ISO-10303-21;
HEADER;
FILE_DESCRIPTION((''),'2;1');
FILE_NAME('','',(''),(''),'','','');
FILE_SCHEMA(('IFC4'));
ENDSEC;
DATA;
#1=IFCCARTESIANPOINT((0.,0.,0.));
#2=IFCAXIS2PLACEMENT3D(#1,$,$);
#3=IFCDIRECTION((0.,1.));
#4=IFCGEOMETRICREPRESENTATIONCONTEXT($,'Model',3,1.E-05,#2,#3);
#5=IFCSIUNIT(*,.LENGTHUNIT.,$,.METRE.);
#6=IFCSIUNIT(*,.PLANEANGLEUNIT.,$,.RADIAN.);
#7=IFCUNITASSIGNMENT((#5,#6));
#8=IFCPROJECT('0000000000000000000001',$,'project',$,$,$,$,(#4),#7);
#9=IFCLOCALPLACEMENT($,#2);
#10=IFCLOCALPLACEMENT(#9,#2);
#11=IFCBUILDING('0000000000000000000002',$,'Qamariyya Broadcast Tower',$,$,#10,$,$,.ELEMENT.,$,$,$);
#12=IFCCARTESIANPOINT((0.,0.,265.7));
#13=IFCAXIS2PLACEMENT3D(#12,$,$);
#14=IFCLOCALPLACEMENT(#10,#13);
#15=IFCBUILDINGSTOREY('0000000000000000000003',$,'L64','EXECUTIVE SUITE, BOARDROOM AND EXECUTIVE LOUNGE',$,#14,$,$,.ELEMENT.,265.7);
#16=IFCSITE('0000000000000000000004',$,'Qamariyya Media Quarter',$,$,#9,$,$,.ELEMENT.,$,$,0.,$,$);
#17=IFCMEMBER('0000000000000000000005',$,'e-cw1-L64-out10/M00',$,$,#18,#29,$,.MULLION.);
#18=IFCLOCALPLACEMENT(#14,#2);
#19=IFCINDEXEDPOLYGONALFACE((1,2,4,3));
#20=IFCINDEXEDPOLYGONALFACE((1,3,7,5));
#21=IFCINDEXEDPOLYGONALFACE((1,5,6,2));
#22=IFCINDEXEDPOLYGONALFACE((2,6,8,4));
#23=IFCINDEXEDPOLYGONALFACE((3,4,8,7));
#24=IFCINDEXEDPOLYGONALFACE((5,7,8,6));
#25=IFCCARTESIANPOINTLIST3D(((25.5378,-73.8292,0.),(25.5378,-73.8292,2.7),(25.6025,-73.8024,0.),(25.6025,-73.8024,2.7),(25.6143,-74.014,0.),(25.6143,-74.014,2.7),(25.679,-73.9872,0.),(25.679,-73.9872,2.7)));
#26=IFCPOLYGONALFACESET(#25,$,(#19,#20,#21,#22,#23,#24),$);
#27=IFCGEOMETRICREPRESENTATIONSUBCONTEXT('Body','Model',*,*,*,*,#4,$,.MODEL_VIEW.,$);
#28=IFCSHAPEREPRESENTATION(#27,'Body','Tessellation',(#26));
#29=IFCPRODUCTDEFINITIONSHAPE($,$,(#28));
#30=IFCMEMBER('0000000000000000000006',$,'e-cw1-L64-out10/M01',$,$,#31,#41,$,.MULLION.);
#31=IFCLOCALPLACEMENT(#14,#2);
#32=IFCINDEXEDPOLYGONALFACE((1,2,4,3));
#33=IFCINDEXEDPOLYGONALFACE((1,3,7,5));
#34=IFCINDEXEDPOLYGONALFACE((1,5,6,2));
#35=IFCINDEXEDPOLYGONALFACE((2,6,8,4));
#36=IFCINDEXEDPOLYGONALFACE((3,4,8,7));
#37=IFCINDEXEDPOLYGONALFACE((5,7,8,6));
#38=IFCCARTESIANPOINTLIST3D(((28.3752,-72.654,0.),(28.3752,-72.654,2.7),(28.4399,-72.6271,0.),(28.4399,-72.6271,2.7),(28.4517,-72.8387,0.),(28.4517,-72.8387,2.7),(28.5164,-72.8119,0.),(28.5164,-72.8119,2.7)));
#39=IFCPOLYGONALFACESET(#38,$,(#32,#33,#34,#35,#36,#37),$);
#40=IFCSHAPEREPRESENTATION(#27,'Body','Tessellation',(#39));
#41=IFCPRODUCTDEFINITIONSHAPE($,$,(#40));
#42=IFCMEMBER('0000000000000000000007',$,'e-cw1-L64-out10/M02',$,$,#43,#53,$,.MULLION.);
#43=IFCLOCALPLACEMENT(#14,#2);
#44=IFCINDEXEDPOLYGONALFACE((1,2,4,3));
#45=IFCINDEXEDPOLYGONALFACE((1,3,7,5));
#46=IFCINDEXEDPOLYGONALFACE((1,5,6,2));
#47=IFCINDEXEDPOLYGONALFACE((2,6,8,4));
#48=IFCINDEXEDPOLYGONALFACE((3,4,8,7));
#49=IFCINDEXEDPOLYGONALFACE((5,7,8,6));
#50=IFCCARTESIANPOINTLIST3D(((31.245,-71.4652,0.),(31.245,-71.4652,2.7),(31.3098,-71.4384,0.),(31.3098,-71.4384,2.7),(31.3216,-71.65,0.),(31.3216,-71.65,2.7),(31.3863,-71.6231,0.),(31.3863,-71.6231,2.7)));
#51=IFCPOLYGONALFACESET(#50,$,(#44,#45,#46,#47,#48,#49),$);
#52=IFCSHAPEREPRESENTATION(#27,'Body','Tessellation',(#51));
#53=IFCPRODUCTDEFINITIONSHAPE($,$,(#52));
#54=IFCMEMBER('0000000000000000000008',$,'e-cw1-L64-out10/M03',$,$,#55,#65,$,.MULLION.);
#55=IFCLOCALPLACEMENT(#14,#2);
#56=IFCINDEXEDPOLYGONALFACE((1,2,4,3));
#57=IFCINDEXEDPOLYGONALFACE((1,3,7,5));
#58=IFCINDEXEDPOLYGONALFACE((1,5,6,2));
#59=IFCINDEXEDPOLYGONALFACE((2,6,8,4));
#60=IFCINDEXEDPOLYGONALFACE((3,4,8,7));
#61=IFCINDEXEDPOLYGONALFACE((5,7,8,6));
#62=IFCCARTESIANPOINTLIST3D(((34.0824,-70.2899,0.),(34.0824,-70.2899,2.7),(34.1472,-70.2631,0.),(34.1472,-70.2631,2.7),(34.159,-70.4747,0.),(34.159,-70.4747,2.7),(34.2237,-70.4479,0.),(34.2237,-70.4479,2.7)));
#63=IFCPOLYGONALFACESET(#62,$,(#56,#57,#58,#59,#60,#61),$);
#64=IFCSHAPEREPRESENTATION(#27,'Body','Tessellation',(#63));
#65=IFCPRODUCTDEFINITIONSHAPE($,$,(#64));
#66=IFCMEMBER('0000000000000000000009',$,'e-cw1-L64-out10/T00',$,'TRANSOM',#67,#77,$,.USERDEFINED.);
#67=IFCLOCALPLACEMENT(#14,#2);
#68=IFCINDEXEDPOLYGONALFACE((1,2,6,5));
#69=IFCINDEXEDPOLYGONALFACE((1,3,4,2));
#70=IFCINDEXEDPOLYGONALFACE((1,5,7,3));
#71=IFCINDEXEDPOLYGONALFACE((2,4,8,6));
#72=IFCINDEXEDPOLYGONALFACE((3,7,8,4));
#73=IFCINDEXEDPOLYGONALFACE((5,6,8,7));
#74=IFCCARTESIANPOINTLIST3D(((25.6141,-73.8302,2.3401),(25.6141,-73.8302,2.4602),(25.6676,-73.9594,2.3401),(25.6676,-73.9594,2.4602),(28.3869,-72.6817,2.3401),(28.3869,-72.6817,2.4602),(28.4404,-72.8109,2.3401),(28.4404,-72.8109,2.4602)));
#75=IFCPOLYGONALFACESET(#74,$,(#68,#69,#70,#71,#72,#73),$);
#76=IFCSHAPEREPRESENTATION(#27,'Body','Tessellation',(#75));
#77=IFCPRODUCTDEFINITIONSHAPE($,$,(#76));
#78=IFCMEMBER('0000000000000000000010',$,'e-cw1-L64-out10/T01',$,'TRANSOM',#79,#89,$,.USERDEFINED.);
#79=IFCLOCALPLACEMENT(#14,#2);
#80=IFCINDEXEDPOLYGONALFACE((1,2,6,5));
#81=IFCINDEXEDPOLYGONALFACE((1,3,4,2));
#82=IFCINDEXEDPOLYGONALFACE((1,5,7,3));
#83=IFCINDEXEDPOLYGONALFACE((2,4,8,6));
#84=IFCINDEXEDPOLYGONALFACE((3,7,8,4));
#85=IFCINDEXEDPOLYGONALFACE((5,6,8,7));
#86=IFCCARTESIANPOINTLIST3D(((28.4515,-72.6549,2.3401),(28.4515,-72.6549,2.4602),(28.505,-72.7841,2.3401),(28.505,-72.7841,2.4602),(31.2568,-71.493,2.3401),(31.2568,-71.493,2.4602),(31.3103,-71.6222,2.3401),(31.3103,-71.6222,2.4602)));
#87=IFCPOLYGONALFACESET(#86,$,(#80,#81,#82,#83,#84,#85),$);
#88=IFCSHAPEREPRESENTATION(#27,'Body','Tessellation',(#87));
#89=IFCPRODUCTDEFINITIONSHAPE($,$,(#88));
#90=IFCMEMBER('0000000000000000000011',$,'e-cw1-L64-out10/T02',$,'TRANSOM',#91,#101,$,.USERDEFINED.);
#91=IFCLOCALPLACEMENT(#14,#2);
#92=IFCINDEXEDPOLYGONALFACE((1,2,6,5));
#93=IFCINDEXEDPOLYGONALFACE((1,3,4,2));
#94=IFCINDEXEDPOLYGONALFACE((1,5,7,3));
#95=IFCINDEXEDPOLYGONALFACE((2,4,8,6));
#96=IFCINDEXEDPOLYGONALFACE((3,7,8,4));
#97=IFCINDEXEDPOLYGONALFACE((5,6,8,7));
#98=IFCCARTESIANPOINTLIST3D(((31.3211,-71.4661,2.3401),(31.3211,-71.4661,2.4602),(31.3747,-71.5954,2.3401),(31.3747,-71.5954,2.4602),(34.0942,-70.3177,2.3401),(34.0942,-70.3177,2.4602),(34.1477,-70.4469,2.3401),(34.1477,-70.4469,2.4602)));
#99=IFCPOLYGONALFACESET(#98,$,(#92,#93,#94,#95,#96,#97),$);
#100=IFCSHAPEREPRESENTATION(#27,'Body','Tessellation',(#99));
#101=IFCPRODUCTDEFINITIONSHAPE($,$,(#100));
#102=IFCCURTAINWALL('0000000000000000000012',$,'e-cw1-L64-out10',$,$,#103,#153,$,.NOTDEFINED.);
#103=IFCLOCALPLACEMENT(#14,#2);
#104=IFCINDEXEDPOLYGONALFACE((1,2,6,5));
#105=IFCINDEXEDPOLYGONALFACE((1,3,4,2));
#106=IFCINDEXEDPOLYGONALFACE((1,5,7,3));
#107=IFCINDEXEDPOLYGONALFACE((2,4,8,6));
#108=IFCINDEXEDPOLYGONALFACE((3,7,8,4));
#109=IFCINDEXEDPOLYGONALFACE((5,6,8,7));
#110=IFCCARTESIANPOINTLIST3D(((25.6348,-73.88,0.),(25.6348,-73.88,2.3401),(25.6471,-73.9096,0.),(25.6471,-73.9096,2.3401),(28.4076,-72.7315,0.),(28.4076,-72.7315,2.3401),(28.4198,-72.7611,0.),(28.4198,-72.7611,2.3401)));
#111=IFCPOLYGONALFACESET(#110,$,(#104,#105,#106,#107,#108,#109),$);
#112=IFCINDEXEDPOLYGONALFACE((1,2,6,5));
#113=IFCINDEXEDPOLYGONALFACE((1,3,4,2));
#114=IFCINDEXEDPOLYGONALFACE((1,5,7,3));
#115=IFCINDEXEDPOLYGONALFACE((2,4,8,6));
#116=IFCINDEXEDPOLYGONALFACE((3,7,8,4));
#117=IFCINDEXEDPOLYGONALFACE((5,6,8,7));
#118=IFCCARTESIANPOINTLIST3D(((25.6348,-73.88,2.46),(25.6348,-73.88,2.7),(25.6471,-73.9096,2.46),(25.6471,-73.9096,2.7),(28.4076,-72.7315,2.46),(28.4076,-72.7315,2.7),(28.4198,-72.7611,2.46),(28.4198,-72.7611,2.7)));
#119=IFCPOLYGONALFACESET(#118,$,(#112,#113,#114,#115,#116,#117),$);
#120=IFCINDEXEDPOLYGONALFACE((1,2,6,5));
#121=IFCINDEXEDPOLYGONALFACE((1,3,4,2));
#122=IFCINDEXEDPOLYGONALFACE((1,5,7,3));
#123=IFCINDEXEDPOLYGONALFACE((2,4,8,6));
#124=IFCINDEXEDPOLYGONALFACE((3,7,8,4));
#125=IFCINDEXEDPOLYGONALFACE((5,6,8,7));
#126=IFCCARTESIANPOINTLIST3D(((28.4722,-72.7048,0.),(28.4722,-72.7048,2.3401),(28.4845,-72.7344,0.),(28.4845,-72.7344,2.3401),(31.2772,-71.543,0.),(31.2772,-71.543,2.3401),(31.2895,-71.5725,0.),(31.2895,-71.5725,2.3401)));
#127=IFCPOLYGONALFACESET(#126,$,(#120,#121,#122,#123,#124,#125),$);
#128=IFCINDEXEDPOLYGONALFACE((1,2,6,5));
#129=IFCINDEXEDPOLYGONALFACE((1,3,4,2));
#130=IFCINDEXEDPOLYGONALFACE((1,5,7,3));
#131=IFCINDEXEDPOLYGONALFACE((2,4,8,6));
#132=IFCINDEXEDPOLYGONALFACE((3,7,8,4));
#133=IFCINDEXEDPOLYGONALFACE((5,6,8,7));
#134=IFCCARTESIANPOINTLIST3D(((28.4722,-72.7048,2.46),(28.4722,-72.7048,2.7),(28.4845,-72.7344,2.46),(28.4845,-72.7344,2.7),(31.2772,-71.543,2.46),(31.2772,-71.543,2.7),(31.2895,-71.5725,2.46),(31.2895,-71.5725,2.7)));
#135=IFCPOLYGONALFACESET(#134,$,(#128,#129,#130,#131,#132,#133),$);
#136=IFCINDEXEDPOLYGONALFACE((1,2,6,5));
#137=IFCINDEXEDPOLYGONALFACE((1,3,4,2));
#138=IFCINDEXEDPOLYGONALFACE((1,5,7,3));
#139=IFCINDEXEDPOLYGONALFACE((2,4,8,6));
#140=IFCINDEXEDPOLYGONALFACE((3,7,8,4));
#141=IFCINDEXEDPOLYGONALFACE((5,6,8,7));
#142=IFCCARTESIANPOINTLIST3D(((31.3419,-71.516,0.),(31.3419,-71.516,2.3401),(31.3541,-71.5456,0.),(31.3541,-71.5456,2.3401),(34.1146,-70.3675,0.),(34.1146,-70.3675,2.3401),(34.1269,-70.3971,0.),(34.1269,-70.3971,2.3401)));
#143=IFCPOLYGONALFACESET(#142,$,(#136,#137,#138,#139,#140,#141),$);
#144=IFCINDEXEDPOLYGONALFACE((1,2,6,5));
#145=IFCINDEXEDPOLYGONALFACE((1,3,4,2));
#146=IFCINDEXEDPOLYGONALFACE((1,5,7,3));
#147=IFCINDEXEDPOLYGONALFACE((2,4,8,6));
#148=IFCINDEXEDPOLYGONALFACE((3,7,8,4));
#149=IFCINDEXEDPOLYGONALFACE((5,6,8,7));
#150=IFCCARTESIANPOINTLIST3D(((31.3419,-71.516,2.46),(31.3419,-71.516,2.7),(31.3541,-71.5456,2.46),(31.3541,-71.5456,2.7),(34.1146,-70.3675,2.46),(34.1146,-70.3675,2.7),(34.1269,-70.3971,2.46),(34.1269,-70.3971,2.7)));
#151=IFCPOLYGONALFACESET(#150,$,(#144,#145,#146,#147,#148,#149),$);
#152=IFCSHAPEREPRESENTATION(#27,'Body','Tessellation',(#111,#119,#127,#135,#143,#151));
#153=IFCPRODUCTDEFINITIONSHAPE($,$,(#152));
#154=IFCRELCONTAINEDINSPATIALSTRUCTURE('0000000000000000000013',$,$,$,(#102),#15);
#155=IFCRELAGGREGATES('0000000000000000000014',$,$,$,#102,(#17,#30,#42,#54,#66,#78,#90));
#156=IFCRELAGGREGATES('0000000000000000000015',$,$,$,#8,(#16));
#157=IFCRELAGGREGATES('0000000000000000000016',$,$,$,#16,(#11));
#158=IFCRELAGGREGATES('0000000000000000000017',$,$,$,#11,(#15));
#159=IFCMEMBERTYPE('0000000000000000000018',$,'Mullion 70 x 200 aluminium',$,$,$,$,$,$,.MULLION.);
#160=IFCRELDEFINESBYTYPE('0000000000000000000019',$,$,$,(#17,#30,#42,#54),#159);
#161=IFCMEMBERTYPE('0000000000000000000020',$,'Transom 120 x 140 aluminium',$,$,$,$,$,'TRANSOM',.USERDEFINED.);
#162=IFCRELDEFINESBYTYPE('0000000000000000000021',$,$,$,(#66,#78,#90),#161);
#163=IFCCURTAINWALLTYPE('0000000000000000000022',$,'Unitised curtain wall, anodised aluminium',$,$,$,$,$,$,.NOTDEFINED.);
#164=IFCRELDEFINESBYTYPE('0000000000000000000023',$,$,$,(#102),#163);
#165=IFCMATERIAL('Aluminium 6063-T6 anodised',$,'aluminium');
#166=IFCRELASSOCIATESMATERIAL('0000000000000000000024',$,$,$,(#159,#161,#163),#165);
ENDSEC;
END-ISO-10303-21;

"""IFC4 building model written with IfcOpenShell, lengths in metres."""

from ifc_helpers import new_model, si_unit, direction, frame, origin, origin_2d, place, context, subcontext, project, spatial, rectangle, extrude, material, material_profile, profile_set, type_object, element, aggregate, save


model = new_model("IFC4")

# Units and contexts
model_context = context("Model", 3, precision=1e-05, world=origin(), true_north=direction((0.0, 1.0)))
body_context = subcontext(model_context, "Body", "Model", "MODEL_VIEW")
ifc_project = project(units=[si_unit("LENGTHUNIT", "METRE"), si_unit("PLANEANGLEUNIT", "RADIAN")], contexts=[model_context])

# Members
ifc_material = material(Name="Aluminium 6063-T6 anodised", Category="aluminium")
ifc_material_profile_1 = material_profile(ifc_material, rectangle(XDim=0.2, YDim=0.0701, at=origin_2d()))
ifc_profile_set_1 = profile_set([ifc_material_profile_1], Name="Aluminium 6063-T6 anodised")
member_type_1 = type_object("IfcMemberType", Name="Mullion 70 x 200 aluminium", PredefinedType="MULLION", material=ifc_profile_set_1)
site_placement = place(None, origin())
building_placement = place(site_placement, origin())
storey_placement = place(building_placement, frame((0.0, 0.0, 265.7)))
member_1_placement = place(storey_placement, frame((25.6084, -73.9082, 0.0), z_axis=(0.0, 0.0, 1.0), x_axis=(-0.382683, 0.92388, 0.0)))
member_1 = element("IfcMember", 1, at=member_1_placement, type_object=member_type_1, Name="e-cw1-L64-out10/M00", PredefinedType="MULLION", context=body_context, shape_type="SweptSolid", body=[
    extrude(rectangle(XDim=0.2, YDim=0.0701, at=origin_2d()), origin(), (0.0, 0.0, 1.0), 2.7),
])
member_2_placement = place(storey_placement, frame((28.4458, -72.7329, 0.0), z_axis=(0.0, 0.0, 1.0), x_axis=(-0.382683, 0.92388, 0.0)))
member_2 = element("IfcMember", 2, at=member_2_placement, type_object=member_type_1, Name="e-cw1-L64-out10/M01", PredefinedType="MULLION", context=body_context, shape_type="SweptSolid", body=[
    extrude(rectangle(XDim=0.2, YDim=0.0701, at=origin_2d()), origin(), (0.0, 0.0, 1.0), 2.7),
])
member_3_placement = place(storey_placement, frame((31.3157, -71.5442, 0.0), z_axis=(0.0, 0.0, 1.0), x_axis=(-0.382683, 0.92388, 0.0)))
member_3 = element("IfcMember", 3, at=member_3_placement, type_object=member_type_1, Name="e-cw1-L64-out10/M02", PredefinedType="MULLION", context=body_context, shape_type="SweptSolid", body=[
    extrude(rectangle(XDim=0.2, YDim=0.0701, at=origin_2d()), origin(), (0.0, 0.0, 1.0), 2.7),
])
member_4_placement = place(storey_placement, frame((34.1531, -70.3689, 0.0), z_axis=(0.0, 0.0, 1.0), x_axis=(-0.382683, 0.92388, 0.0)))
member_4 = element("IfcMember", 4, at=member_4_placement, type_object=member_type_1, Name="e-cw1-L64-out10/M03", PredefinedType="MULLION", context=body_context, shape_type="SweptSolid", body=[
    extrude(rectangle(XDim=0.2, YDim=0.0701, at=origin_2d()), origin(), (0.0, 0.0, 1.0), 2.7),
])
ifc_material_profile_2 = material_profile(ifc_material, rectangle(XDim=0.1399, YDim=0.1201, at=origin_2d()))
ifc_profile_set_2 = profile_set([ifc_material_profile_2], Name="Aluminium 6063-T6 anodised")
member_type_2 = type_object("IfcMemberType", Name="Transom 120 x 140 aluminium", ElementType="TRANSOM", PredefinedType="USERDEFINED", material=ifc_profile_set_2)
member_5_placement = place(storey_placement, frame((25.6409, -73.8948, 2.4001), z_axis=(0.923886, 0.382668, 0.0), x_axis=(-0.382668, 0.923886, 0.0)))
member_5 = element("IfcMember", 5, at=member_5_placement, type_object=member_type_2, Name="e-cw1-L64-out10/T00", ObjectType="TRANSOM", PredefinedType="USERDEFINED", context=body_context, shape_type="SweptSolid", body=[
    extrude(rectangle(XDim=0.1399, YDim=0.1201, at=origin_2d()), origin(), (0.0, 0.0, 1.0), 3.0012),
])
member_6_placement = place(storey_placement, frame((28.4783, -72.7195, 2.4001), z_axis=(0.923888, 0.382662, 0.0), x_axis=(-0.382662, 0.923888, 0.0)))
member_6 = element("IfcMember", 6, at=member_6_placement, type_object=member_type_2, Name="e-cw1-L64-out10/T01", ObjectType="TRANSOM", PredefinedType="USERDEFINED", context=body_context, shape_type="SweptSolid", body=[
    extrude(rectangle(XDim=0.1399, YDim=0.1201, at=origin_2d()), origin(), (0.0, 0.0, 1.0), 3.0364),
])
member_7_placement = place(storey_placement, frame((31.3479, -71.5308, 2.4001), z_axis=(0.923898, 0.382639, 0.0), x_axis=(-0.382639, 0.923898, 0.0)))
member_7 = element("IfcMember", 7, at=member_7_placement, type_object=member_type_2, Name="e-cw1-L64-out10/T02", ObjectType="TRANSOM", PredefinedType="USERDEFINED", context=body_context, shape_type="SweptSolid", body=[
    extrude(rectangle(XDim=0.1399, YDim=0.1201, at=origin_2d()), origin(), (0.0, 0.0, 1.0), 3.0015),
])

# Site, building, storey
site = spatial("IfcSite", under=ifc_project, at=site_placement, Name="Qamariyya Media Quarter", CompositionType="ELEMENT", RefElevation=0.0)
building = spatial("IfcBuilding", under=site, at=building_placement, Name="Qamariyya Broadcast Tower", CompositionType="ELEMENT")
storey = spatial("IfcBuildingStorey", under=building, at=storey_placement, Name="L64", Description="EXECUTIVE SUITE, BOARDROOM AND EXECUTIVE LOUNGE", CompositionType="ELEMENT", Elevation=265.7)

# Curtain wall
curtain_wall_type = type_object("IfcCurtainWallType", Name="Unitised curtain wall, anodised aluminium", PredefinedType="NOTDEFINED", material=ifc_material)
curtain_wall_1_placement = place(storey_placement, origin())
curtain_wall_1 = element("IfcCurtainWall", 8, at=curtain_wall_1_placement, inside=storey, type_object=curtain_wall_type, Name="e-cw1-L64-out10", PredefinedType="NOTDEFINED", context=body_context, shape_type="SweptSolid", body=[
    extrude(rectangle(XDim=3.0012, YDim=0.032, at=origin_2d()), frame((27.0273, -73.3206, 0.0), x_axis=(0.923878, 0.382687, 0.0)), (0.0, 0.0, 1.0), 2.3401),
    extrude(rectangle(XDim=3.0012, YDim=0.032, at=origin_2d()), frame((27.0273, -73.3206, 2.46), x_axis=(0.923878, 0.382687, 0.0)), (0.0, 0.0, 1.0), 0.24),
    extrude(rectangle(XDim=3.0361, YDim=0.032, at=origin_2d()), frame((29.8809, -72.1387, 0.0), x_axis=(0.923878, 0.382687, 0.0)), (0.0, 0.0, 1.0), 2.3401),
    extrude(rectangle(XDim=3.0361, YDim=0.032, at=origin_2d()), frame((29.8809, -72.1387, 2.46), x_axis=(0.923878, 0.382687, 0.0)), (0.0, 0.0, 1.0), 0.24),
    extrude(rectangle(XDim=3.0012, YDim=0.032, at=origin_2d()), frame((32.7344, -70.9565, 0.0), x_axis=(0.923878, 0.382687, 0.0)), (0.0, 0.0, 1.0), 2.3401),
    extrude(rectangle(XDim=3.0012, YDim=0.032, at=origin_2d()), frame((32.7344, -70.9565, 2.46), x_axis=(0.923878, 0.382687, 0.0)), (0.0, 0.0, 1.0), 0.24),
])
aggregate(curtain_wall_1, [member_1, member_2, member_3, member_4, member_5, member_6, member_7])

save(model, "model.ifc")
